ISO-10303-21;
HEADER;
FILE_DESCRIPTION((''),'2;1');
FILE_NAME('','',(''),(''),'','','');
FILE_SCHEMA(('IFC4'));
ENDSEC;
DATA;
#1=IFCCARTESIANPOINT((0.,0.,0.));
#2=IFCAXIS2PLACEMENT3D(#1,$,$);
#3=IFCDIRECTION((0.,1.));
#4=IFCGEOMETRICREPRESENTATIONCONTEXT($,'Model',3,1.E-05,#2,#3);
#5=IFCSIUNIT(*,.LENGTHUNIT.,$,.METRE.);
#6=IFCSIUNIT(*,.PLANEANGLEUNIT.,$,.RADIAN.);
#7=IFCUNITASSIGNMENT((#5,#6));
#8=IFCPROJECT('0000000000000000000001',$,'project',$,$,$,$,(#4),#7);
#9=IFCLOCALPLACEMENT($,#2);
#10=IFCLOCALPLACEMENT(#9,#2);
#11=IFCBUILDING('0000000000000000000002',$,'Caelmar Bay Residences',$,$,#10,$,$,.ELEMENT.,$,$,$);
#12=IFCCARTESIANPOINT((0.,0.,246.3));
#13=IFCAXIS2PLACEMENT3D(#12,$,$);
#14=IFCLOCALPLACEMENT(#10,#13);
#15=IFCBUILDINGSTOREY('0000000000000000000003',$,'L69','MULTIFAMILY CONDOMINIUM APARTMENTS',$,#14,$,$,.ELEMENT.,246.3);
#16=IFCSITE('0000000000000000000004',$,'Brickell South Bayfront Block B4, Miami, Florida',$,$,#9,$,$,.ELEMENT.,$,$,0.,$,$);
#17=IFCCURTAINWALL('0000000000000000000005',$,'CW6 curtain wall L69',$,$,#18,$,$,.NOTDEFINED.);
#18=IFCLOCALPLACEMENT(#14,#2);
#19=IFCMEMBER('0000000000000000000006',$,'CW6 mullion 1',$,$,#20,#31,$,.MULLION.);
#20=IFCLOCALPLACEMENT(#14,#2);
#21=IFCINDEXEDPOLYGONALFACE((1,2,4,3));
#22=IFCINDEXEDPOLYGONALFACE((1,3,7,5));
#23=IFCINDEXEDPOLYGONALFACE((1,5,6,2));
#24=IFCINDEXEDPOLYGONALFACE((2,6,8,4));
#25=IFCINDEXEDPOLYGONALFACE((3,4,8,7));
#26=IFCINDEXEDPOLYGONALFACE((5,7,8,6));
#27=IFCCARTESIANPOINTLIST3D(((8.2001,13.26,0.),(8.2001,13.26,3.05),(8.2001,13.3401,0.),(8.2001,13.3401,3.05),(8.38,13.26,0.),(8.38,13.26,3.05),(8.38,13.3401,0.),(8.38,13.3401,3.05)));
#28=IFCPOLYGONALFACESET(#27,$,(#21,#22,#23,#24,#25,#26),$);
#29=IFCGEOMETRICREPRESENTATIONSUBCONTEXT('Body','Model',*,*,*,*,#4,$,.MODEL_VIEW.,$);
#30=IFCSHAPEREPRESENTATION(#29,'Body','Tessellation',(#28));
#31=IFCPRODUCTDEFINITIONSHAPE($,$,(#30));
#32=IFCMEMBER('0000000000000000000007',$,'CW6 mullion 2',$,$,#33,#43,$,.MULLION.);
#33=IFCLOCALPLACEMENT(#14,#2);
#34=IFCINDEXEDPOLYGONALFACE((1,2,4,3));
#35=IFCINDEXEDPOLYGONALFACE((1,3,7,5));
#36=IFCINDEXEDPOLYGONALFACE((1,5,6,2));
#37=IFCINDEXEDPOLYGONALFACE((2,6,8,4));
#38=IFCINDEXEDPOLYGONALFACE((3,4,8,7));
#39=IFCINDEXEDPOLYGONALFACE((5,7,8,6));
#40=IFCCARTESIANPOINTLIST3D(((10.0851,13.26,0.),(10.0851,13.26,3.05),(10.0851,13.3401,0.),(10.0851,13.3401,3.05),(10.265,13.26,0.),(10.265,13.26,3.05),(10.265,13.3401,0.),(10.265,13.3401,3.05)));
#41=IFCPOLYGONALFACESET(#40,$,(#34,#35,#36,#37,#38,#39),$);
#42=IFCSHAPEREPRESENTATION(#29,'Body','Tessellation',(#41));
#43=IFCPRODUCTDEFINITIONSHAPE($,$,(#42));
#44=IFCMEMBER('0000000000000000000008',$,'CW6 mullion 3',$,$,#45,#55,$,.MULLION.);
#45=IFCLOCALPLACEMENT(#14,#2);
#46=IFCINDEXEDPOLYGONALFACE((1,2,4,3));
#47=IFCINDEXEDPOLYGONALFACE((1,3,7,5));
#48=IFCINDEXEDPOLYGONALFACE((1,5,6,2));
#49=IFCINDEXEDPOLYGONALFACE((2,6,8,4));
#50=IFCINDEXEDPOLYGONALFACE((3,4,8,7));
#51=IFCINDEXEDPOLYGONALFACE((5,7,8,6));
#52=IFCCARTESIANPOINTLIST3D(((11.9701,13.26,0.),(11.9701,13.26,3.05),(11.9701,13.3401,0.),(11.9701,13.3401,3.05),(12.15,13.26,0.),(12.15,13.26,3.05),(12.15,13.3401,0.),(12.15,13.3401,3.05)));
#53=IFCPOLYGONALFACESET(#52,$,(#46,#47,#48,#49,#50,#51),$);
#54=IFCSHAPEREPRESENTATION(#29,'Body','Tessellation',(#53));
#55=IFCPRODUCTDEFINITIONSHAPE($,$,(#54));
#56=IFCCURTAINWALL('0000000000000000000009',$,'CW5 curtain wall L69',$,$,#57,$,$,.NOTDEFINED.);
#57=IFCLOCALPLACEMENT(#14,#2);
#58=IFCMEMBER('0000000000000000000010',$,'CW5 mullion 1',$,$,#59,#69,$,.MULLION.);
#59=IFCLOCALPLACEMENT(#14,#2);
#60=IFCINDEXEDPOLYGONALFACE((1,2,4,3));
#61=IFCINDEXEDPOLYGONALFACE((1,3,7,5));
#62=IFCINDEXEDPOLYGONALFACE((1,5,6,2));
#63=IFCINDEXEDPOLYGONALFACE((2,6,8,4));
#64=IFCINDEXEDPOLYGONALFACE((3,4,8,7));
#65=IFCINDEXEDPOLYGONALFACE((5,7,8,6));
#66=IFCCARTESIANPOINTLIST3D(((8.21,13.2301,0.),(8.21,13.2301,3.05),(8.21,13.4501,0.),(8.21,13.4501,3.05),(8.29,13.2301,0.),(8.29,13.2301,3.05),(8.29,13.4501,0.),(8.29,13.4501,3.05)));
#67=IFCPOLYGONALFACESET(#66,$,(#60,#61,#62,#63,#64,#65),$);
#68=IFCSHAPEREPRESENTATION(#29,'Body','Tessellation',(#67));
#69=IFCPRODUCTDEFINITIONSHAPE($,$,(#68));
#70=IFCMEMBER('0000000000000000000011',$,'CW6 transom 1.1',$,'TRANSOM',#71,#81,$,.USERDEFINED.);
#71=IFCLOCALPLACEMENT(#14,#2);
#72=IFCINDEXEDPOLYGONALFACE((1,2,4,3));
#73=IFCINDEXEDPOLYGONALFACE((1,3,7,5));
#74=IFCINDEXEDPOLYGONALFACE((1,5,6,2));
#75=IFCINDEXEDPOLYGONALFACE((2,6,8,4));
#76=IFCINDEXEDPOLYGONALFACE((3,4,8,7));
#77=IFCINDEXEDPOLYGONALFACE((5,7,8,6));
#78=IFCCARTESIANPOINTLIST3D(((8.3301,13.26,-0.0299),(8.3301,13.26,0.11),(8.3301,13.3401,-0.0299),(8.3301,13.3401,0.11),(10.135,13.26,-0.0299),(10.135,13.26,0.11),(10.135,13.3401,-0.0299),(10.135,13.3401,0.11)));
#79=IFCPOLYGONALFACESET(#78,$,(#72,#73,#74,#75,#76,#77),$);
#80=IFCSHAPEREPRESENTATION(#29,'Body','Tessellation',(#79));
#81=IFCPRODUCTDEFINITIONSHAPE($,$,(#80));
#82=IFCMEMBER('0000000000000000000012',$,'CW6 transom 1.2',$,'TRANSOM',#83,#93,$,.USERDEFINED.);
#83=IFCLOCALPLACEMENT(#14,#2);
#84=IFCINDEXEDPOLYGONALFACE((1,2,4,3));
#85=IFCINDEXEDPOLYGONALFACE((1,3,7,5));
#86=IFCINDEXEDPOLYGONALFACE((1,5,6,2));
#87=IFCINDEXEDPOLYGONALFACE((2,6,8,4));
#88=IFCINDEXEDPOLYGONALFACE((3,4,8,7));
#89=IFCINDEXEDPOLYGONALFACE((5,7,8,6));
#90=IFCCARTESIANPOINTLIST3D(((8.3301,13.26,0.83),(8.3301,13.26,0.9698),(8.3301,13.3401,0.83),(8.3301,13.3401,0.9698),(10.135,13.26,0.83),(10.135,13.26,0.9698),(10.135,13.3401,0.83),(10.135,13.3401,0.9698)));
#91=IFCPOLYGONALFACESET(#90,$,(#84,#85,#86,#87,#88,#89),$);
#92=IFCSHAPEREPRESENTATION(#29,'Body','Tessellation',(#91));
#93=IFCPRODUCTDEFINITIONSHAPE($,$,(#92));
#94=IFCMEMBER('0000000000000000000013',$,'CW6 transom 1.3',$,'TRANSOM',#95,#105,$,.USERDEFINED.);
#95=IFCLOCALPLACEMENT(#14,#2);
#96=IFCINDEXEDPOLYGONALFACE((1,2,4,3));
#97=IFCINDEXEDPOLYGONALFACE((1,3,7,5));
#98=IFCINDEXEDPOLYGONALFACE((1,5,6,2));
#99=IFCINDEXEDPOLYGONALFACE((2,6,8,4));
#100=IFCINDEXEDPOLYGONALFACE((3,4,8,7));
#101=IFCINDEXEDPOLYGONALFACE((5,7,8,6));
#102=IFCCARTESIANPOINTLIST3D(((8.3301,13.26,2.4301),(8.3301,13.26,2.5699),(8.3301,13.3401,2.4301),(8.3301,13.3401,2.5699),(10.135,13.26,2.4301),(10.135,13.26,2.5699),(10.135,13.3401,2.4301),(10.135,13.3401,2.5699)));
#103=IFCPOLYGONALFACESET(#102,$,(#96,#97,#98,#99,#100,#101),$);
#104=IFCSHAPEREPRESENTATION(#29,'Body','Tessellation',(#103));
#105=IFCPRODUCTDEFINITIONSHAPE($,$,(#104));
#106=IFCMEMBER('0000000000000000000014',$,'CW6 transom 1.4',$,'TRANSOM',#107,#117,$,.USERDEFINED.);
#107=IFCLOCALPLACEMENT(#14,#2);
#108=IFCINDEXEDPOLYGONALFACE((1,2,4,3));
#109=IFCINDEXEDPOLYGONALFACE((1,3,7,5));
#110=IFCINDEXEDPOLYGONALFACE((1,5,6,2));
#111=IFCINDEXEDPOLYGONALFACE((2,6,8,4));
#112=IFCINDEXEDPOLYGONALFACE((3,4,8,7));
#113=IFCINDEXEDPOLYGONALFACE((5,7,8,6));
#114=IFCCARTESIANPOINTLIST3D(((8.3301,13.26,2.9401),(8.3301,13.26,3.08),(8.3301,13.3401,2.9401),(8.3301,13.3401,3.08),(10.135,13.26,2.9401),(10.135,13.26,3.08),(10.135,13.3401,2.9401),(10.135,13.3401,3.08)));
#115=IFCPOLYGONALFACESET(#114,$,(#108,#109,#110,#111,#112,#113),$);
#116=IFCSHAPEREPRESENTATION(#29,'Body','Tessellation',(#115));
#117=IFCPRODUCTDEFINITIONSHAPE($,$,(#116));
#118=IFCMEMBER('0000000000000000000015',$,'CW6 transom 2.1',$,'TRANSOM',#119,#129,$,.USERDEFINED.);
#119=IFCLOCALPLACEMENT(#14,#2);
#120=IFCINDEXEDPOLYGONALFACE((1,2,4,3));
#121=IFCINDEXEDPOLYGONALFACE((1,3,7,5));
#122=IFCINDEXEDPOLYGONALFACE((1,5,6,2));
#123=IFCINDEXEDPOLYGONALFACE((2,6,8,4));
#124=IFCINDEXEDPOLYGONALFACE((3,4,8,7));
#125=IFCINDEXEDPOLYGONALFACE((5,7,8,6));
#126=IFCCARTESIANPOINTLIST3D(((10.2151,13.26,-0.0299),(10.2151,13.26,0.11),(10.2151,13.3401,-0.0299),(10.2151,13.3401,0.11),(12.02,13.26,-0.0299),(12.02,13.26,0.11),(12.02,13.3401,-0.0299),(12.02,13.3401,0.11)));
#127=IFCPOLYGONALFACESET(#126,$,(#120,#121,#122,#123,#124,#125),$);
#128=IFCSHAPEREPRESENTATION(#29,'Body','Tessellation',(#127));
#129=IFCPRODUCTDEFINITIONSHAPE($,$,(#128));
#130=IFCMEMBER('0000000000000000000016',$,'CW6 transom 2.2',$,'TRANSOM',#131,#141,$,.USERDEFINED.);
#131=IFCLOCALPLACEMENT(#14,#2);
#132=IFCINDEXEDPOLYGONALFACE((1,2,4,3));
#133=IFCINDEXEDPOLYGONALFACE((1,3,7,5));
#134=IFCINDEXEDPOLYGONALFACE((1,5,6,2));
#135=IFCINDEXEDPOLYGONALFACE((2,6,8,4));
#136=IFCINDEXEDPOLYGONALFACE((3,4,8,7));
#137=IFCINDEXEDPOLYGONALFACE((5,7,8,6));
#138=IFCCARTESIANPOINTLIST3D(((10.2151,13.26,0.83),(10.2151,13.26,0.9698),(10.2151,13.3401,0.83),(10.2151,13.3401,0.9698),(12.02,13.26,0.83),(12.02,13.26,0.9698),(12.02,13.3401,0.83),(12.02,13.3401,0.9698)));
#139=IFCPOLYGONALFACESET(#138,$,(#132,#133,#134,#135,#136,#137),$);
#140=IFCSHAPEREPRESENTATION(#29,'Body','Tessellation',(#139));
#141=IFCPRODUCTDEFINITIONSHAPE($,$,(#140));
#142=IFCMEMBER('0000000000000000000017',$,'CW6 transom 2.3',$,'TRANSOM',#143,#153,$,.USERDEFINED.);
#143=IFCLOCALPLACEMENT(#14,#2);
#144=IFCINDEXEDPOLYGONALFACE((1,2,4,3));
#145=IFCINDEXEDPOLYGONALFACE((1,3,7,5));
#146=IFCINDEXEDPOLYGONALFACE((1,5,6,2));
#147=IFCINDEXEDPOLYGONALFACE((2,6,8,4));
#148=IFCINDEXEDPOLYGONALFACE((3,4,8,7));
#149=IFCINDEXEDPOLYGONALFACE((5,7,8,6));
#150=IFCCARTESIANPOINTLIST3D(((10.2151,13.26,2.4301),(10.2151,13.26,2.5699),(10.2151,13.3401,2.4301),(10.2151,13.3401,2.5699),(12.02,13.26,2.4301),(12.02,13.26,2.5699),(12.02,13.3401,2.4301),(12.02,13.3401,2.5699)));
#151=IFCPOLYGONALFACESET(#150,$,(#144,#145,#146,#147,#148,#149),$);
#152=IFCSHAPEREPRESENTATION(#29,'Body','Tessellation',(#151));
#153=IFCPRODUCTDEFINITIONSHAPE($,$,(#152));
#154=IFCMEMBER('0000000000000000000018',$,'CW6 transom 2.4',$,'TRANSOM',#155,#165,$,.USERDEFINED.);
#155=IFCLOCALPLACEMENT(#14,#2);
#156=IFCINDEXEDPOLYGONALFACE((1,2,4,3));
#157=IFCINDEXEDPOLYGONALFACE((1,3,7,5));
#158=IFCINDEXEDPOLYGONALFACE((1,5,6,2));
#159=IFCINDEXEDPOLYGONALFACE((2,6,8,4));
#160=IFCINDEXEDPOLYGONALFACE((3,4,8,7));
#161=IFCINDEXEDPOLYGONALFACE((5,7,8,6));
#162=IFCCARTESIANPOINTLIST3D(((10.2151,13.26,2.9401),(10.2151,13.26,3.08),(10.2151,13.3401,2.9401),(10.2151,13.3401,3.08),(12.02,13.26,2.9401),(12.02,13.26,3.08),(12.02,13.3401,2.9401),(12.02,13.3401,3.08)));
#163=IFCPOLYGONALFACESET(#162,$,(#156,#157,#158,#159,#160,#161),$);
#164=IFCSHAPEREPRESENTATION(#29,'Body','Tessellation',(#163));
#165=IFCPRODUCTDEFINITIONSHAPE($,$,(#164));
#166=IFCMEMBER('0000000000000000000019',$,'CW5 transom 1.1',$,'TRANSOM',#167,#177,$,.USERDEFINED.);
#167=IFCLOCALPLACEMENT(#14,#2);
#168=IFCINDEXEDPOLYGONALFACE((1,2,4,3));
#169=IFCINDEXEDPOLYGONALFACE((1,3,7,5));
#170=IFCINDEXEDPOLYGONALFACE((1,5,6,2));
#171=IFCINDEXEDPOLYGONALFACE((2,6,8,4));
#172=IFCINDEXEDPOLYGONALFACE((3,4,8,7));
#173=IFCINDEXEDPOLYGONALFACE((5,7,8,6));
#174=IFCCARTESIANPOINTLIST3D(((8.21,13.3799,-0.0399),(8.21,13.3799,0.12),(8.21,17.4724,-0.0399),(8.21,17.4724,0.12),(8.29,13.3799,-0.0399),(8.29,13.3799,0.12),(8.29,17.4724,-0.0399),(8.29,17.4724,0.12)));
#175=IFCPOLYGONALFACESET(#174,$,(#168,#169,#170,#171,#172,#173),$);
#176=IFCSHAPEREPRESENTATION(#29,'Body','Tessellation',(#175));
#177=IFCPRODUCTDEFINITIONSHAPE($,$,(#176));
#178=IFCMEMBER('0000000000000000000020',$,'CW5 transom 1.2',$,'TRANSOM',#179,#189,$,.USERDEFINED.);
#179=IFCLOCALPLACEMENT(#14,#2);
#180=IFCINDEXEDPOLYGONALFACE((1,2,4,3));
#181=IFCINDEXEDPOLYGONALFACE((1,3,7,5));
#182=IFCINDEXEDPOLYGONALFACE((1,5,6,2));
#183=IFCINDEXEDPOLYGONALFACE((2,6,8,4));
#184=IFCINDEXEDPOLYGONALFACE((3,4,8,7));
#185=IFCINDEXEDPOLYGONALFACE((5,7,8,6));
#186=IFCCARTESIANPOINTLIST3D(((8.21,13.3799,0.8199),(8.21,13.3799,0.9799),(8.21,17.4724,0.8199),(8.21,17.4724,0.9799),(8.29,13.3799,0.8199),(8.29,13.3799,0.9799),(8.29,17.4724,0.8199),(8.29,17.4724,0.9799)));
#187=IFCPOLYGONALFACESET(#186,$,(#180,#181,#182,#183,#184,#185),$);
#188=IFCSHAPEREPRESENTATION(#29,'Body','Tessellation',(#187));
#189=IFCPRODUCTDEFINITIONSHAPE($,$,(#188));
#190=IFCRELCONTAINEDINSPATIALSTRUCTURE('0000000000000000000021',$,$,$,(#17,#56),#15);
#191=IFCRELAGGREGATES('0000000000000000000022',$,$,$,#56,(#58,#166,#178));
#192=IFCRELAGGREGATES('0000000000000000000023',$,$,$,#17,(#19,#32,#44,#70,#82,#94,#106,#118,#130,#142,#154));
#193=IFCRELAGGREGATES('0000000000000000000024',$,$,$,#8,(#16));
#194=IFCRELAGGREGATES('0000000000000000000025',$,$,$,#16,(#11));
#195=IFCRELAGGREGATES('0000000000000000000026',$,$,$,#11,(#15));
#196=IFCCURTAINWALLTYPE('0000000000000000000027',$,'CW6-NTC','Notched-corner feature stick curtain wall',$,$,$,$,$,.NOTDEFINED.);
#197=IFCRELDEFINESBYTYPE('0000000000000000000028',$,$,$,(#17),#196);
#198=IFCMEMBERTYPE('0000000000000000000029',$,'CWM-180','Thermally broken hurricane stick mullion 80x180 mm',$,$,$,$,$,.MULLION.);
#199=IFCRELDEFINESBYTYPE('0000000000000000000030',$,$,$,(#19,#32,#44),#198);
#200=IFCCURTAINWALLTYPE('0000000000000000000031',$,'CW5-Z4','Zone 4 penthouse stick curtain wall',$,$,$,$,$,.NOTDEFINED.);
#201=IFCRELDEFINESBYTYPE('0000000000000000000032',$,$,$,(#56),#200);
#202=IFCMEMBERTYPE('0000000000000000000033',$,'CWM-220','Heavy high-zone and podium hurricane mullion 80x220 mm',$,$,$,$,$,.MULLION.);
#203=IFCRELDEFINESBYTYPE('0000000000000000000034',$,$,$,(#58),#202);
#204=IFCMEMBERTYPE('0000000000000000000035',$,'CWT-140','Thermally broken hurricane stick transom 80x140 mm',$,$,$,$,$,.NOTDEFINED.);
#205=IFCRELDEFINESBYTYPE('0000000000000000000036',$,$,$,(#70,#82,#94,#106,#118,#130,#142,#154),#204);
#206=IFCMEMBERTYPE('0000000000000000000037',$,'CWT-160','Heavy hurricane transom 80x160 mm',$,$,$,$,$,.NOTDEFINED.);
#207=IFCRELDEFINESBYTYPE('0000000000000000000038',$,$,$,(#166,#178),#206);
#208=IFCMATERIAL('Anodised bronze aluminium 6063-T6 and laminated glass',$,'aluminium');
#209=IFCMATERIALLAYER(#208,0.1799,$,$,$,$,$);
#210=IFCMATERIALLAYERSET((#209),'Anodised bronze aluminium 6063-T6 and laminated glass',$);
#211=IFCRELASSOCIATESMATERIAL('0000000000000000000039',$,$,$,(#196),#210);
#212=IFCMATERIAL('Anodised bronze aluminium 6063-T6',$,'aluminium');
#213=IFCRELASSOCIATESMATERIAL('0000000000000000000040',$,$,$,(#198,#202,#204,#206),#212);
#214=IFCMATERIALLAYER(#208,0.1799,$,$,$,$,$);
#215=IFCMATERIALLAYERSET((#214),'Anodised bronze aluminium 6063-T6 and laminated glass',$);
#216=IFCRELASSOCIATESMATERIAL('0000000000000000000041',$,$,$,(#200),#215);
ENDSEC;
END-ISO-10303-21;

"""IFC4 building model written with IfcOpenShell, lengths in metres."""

from ifc_helpers import new_model, si_unit, direction, frame, origin, origin_2d, place, context, subcontext, project, spatial, rectangle, extrude, material, layer, layer_set, material_profile, profile_set, type_object, element, aggregate, save


model = new_model("IFC4")

# Units and contexts
model_context = context("Model", 3, precision=1e-05, world=origin(), true_north=direction((0.0, 1.0)))
body_context = subcontext(model_context, "Body", "Model", "MODEL_VIEW")
ifc_project = project(units=[si_unit("LENGTHUNIT", "METRE"), si_unit("PLANEANGLEUNIT", "RADIAN")], contexts=[model_context])

# Site, building, storey
site_placement = place(None, origin())
site = spatial("IfcSite", under=ifc_project, at=site_placement, Name="Brickell South Bayfront Block B4, Miami, Florida", CompositionType="ELEMENT", RefElevation=0.0)
building_placement = place(site_placement, origin())
building = spatial("IfcBuilding", under=site, at=building_placement, Name="Caelmar Bay Residences", CompositionType="ELEMENT")
storey_placement = place(building_placement, frame((0.0, 0.0, 246.3)))
storey = spatial("IfcBuildingStorey", under=building, at=storey_placement, Name="L69", Description="MULTIFAMILY CONDOMINIUM APARTMENTS", CompositionType="ELEMENT", Elevation=246.3)

# Curtain wall, members
ifc_material_1 = material(Name="Anodised bronze aluminium 6063-T6 and laminated glass", Category="aluminium")
ifc_layer_1 = layer(ifc_material_1, 0.1799)
ifc_layer_set_1 = layer_set([ifc_layer_1], Name="Anodised bronze aluminium 6063-T6 and laminated glass")
curtain_wall_type_1 = type_object("IfcCurtainWallType", Name="CW6-NTC", Description="Notched-corner feature stick curtain wall", PredefinedType="NOTDEFINED", material=ifc_layer_set_1)
curtain_wall_1_placement = place(storey_placement, origin())
curtain_wall_1 = element("IfcCurtainWall", 1, at=curtain_wall_1_placement, inside=storey, type_object=curtain_wall_type_1, Name="CW6 curtain wall L69", PredefinedType="NOTDEFINED")
ifc_material_2 = material(Name="Anodised bronze aluminium 6063-T6", Category="aluminium")
ifc_material_profile_1 = material_profile(ifc_material_2, rectangle(XDim=0.0801, YDim=0.1799, at=origin_2d()), Name="CWM-80X180")
ifc_profile_set_1 = profile_set([ifc_material_profile_1], Name="Anodised bronze aluminium 6063-T6")
member_type_1 = type_object("IfcMemberType", Name="CWM-180", Description="Thermally broken hurricane stick mullion 80x180 mm", PredefinedType="MULLION", material=ifc_profile_set_1)
member_1_placement = place(storey_placement, frame((8.29, 13.3, 0.0), z_axis=(0.0, 0.0, 1.0), x_axis=(0.0, 1.0, 0.0)))
member_1 = element("IfcMember", 2, at=member_1_placement, type_object=member_type_1, Name="CW6 mullion 1", PredefinedType="MULLION", context=body_context, shape_type="SweptSolid", body=[
    extrude(rectangle(XDim=0.0801, YDim=0.1799, at=origin_2d()), origin(), (0.0, 0.0, 1.0), 3.05),
])
member_2_placement = place(storey_placement, frame((10.175, 13.3, 0.0), z_axis=(0.0, 0.0, 1.0), x_axis=(0.0, 1.0, 0.0)))
member_2 = element("IfcMember", 3, at=member_2_placement, type_object=member_type_1, Name="CW6 mullion 2", PredefinedType="MULLION", context=body_context, shape_type="SweptSolid", body=[
    extrude(rectangle(XDim=0.0801, YDim=0.1799, at=origin_2d()), origin(), (0.0, 0.0, 1.0), 3.05),
])
member_3_placement = place(storey_placement, frame((12.0601, 13.3, 0.0), z_axis=(0.0, 0.0, 1.0), x_axis=(0.0, 1.0, 0.0)))
member_3 = element("IfcMember", 4, at=member_3_placement, type_object=member_type_1, Name="CW6 mullion 3", PredefinedType="MULLION", context=body_context, shape_type="SweptSolid", body=[
    extrude(rectangle(XDim=0.0801, YDim=0.1799, at=origin_2d()), origin(), (0.0, 0.0, 1.0), 3.05),
])

# Curtain wall, member
ifc_layer_2 = layer(ifc_material_1, 0.1799)
ifc_layer_set_2 = layer_set([ifc_layer_2], Name="Anodised bronze aluminium 6063-T6 and laminated glass")
curtain_wall_type_2 = type_object("IfcCurtainWallType", Name="CW5-Z4", Description="Zone 4 penthouse stick curtain wall", PredefinedType="NOTDEFINED", material=ifc_layer_set_2)
curtain_wall_2_placement = place(storey_placement, origin())
curtain_wall_2 = element("IfcCurtainWall", 5, at=curtain_wall_2_placement, inside=storey, type_object=curtain_wall_type_2, Name="CW5 curtain wall L69", PredefinedType="NOTDEFINED")
ifc_material_profile_2 = material_profile(ifc_material_2, rectangle(XDim=0.0801, YDim=0.22, at=origin_2d()), Name="CWM-80X220")
ifc_profile_set_2 = profile_set([ifc_material_profile_2], Name="Anodised bronze aluminium 6063-T6")
member_type_2 = type_object("IfcMemberType", Name="CWM-220", Description="Heavy high-zone and podium hurricane mullion 80x220 mm", PredefinedType="MULLION", material=ifc_profile_set_2)
member_4_placement = place(storey_placement, frame((8.25, 13.3401, 0.0), z_axis=(0.0, 0.0, 1.0), x_axis=(-1.0, 0.0, 0.0)))
member_4 = element("IfcMember", 6, at=member_4_placement, type_object=member_type_2, Name="CW5 mullion 1", PredefinedType="MULLION", context=body_context, shape_type="SweptSolid", body=[
    extrude(rectangle(XDim=0.0801, YDim=0.22, at=origin_2d()), origin(), (0.0, 0.0, 1.0), 3.05),
])

# Members
ifc_material_profile_3 = material_profile(ifc_material_2, rectangle(XDim=0.0801, YDim=0.1399, at=origin_2d()), Name="CWT-80X140")
ifc_profile_set_3 = profile_set([ifc_material_profile_3], Name="Anodised bronze aluminium 6063-T6")
member_type_3 = type_object("IfcMemberType", Name="CWT-140", Description="Thermally broken hurricane stick transom 80x140 mm", PredefinedType="NOTDEFINED", material=ifc_profile_set_3)
member_5_placement = place(storey_placement, frame((8.3301, 13.3, 0.04), z_axis=(1.0, 0.0, 0.0), x_axis=(0.0, 1.0, 0.0)))
member_5 = element("IfcMember", 7, at=member_5_placement, type_object=member_type_3, Name="CW6 transom 1.1", ObjectType="TRANSOM", PredefinedType="USERDEFINED", context=body_context, shape_type="SweptSolid", body=[
    extrude(rectangle(XDim=0.0801, YDim=0.1399, at=origin_2d()), origin(), (0.0, 0.0, 1.0), 1.8049),
])
member_6_placement = place(storey_placement, frame((8.3301, 13.3, 0.8999), z_axis=(1.0, 0.0, 0.0), x_axis=(0.0, 1.0, 0.0)))
member_6 = element("IfcMember", 8, at=member_6_placement, type_object=member_type_3, Name="CW6 transom 1.2", ObjectType="TRANSOM", PredefinedType="USERDEFINED", context=body_context, shape_type="SweptSolid", body=[
    extrude(rectangle(XDim=0.0801, YDim=0.1399, at=origin_2d()), origin(), (0.0, 0.0, 1.0), 1.8049),
])
member_7_placement = place(storey_placement, frame((8.3301, 13.3, 2.5), z_axis=(1.0, 0.0, 0.0), x_axis=(0.0, 1.0, 0.0)))
member_7 = element("IfcMember", 9, at=member_7_placement, type_object=member_type_3, Name="CW6 transom 1.3", ObjectType="TRANSOM", PredefinedType="USERDEFINED", context=body_context, shape_type="SweptSolid", body=[
    extrude(rectangle(XDim=0.0801, YDim=0.1399, at=origin_2d()), origin(), (0.0, 0.0, 1.0), 1.8049),
])
member_8_placement = place(storey_placement, frame((8.3301, 13.3, 3.01), z_axis=(1.0, 0.0, 0.0), x_axis=(0.0, 1.0, 0.0)))
member_8 = element("IfcMember", 10, at=member_8_placement, type_object=member_type_3, Name="CW6 transom 1.4", ObjectType="TRANSOM", PredefinedType="USERDEFINED", context=body_context, shape_type="SweptSolid", body=[
    extrude(rectangle(XDim=0.0801, YDim=0.1399, at=origin_2d()), origin(), (0.0, 0.0, 1.0), 1.8049),
])
member_9_placement = place(storey_placement, frame((10.2151, 13.3, 0.04), z_axis=(1.0, 0.0, 0.0), x_axis=(0.0, 1.0, 0.0)))
member_9 = element("IfcMember", 11, at=member_9_placement, type_object=member_type_3, Name="CW6 transom 2.1", ObjectType="TRANSOM", PredefinedType="USERDEFINED", context=body_context, shape_type="SweptSolid", body=[
    extrude(rectangle(XDim=0.0801, YDim=0.1399, at=origin_2d()), origin(), (0.0, 0.0, 1.0), 1.8049),
])
member_10_placement = place(storey_placement, frame((10.2151, 13.3, 0.8999), z_axis=(1.0, 0.0, 0.0), x_axis=(0.0, 1.0, 0.0)))
member_10 = element("IfcMember", 12, at=member_10_placement, type_object=member_type_3, Name="CW6 transom 2.2", ObjectType="TRANSOM", PredefinedType="USERDEFINED", context=body_context, shape_type="SweptSolid", body=[
    extrude(rectangle(XDim=0.0801, YDim=0.1399, at=origin_2d()), origin(), (0.0, 0.0, 1.0), 1.8049),
])
member_11_placement = place(storey_placement, frame((10.2151, 13.3, 2.5), z_axis=(1.0, 0.0, 0.0), x_axis=(0.0, 1.0, 0.0)))
member_11 = element("IfcMember", 13, at=member_11_placement, type_object=member_type_3, Name="CW6 transom 2.3", ObjectType="TRANSOM", PredefinedType="USERDEFINED", context=body_context, shape_type="SweptSolid", body=[
    extrude(rectangle(XDim=0.0801, YDim=0.1399, at=origin_2d()), origin(), (0.0, 0.0, 1.0), 1.8049),
])
member_12_placement = place(storey_placement, frame((10.2151, 13.3, 3.01), z_axis=(1.0, 0.0, 0.0), x_axis=(0.0, 1.0, 0.0)))
member_12 = element("IfcMember", 14, at=member_12_placement, type_object=member_type_3, Name="CW6 transom 2.4", ObjectType="TRANSOM", PredefinedType="USERDEFINED", context=body_context, shape_type="SweptSolid", body=[
    extrude(rectangle(XDim=0.0801, YDim=0.1399, at=origin_2d()), origin(), (0.0, 0.0, 1.0), 1.8049),
])
ifc_material_profile_4 = material_profile(ifc_material_2, rectangle(XDim=0.0801, YDim=0.1599, at=origin_2d()), Name="CWT-80X160")
ifc_profile_set_4 = profile_set([ifc_material_profile_4], Name="Anodised bronze aluminium 6063-T6")
member_type_4 = type_object("IfcMemberType", Name="CWT-160", Description="Heavy hurricane transom 80x160 mm", PredefinedType="NOTDEFINED", material=ifc_profile_set_4)
member_13_placement = place(storey_placement, frame((8.25, 13.3799, 0.04), z_axis=(0.0, 1.0, 0.0), x_axis=(-1.0, 0.0, 0.0)))
member_13 = element("IfcMember", 15, at=member_13_placement, type_object=member_type_4, Name="CW5 transom 1.1", ObjectType="TRANSOM", PredefinedType="USERDEFINED", context=body_context, shape_type="SweptSolid", body=[
    extrude(rectangle(XDim=0.0801, YDim=0.1599, at=origin_2d()), origin(), (0.0, 0.0, 1.0), 4.0925),
])
member_14_placement = place(storey_placement, frame((8.25, 13.3799, 0.8999), z_axis=(0.0, 1.0, 0.0), x_axis=(-1.0, 0.0, 0.0)))
member_14 = element("IfcMember", 16, at=member_14_placement, type_object=member_type_4, Name="CW5 transom 1.2", ObjectType="TRANSOM", PredefinedType="USERDEFINED", context=body_context, shape_type="SweptSolid", body=[
    extrude(rectangle(XDim=0.0801, YDim=0.1599, at=origin_2d()), origin(), (0.0, 0.0, 1.0), 4.0925),
])
aggregate(curtain_wall_2, [member_4, member_13, member_14])

aggregate(curtain_wall_1, [member_1, member_2, member_3, member_5, member_6, member_7, member_8, member_9, member_10, member_11, member_12])

save(model, "model.ifc")
